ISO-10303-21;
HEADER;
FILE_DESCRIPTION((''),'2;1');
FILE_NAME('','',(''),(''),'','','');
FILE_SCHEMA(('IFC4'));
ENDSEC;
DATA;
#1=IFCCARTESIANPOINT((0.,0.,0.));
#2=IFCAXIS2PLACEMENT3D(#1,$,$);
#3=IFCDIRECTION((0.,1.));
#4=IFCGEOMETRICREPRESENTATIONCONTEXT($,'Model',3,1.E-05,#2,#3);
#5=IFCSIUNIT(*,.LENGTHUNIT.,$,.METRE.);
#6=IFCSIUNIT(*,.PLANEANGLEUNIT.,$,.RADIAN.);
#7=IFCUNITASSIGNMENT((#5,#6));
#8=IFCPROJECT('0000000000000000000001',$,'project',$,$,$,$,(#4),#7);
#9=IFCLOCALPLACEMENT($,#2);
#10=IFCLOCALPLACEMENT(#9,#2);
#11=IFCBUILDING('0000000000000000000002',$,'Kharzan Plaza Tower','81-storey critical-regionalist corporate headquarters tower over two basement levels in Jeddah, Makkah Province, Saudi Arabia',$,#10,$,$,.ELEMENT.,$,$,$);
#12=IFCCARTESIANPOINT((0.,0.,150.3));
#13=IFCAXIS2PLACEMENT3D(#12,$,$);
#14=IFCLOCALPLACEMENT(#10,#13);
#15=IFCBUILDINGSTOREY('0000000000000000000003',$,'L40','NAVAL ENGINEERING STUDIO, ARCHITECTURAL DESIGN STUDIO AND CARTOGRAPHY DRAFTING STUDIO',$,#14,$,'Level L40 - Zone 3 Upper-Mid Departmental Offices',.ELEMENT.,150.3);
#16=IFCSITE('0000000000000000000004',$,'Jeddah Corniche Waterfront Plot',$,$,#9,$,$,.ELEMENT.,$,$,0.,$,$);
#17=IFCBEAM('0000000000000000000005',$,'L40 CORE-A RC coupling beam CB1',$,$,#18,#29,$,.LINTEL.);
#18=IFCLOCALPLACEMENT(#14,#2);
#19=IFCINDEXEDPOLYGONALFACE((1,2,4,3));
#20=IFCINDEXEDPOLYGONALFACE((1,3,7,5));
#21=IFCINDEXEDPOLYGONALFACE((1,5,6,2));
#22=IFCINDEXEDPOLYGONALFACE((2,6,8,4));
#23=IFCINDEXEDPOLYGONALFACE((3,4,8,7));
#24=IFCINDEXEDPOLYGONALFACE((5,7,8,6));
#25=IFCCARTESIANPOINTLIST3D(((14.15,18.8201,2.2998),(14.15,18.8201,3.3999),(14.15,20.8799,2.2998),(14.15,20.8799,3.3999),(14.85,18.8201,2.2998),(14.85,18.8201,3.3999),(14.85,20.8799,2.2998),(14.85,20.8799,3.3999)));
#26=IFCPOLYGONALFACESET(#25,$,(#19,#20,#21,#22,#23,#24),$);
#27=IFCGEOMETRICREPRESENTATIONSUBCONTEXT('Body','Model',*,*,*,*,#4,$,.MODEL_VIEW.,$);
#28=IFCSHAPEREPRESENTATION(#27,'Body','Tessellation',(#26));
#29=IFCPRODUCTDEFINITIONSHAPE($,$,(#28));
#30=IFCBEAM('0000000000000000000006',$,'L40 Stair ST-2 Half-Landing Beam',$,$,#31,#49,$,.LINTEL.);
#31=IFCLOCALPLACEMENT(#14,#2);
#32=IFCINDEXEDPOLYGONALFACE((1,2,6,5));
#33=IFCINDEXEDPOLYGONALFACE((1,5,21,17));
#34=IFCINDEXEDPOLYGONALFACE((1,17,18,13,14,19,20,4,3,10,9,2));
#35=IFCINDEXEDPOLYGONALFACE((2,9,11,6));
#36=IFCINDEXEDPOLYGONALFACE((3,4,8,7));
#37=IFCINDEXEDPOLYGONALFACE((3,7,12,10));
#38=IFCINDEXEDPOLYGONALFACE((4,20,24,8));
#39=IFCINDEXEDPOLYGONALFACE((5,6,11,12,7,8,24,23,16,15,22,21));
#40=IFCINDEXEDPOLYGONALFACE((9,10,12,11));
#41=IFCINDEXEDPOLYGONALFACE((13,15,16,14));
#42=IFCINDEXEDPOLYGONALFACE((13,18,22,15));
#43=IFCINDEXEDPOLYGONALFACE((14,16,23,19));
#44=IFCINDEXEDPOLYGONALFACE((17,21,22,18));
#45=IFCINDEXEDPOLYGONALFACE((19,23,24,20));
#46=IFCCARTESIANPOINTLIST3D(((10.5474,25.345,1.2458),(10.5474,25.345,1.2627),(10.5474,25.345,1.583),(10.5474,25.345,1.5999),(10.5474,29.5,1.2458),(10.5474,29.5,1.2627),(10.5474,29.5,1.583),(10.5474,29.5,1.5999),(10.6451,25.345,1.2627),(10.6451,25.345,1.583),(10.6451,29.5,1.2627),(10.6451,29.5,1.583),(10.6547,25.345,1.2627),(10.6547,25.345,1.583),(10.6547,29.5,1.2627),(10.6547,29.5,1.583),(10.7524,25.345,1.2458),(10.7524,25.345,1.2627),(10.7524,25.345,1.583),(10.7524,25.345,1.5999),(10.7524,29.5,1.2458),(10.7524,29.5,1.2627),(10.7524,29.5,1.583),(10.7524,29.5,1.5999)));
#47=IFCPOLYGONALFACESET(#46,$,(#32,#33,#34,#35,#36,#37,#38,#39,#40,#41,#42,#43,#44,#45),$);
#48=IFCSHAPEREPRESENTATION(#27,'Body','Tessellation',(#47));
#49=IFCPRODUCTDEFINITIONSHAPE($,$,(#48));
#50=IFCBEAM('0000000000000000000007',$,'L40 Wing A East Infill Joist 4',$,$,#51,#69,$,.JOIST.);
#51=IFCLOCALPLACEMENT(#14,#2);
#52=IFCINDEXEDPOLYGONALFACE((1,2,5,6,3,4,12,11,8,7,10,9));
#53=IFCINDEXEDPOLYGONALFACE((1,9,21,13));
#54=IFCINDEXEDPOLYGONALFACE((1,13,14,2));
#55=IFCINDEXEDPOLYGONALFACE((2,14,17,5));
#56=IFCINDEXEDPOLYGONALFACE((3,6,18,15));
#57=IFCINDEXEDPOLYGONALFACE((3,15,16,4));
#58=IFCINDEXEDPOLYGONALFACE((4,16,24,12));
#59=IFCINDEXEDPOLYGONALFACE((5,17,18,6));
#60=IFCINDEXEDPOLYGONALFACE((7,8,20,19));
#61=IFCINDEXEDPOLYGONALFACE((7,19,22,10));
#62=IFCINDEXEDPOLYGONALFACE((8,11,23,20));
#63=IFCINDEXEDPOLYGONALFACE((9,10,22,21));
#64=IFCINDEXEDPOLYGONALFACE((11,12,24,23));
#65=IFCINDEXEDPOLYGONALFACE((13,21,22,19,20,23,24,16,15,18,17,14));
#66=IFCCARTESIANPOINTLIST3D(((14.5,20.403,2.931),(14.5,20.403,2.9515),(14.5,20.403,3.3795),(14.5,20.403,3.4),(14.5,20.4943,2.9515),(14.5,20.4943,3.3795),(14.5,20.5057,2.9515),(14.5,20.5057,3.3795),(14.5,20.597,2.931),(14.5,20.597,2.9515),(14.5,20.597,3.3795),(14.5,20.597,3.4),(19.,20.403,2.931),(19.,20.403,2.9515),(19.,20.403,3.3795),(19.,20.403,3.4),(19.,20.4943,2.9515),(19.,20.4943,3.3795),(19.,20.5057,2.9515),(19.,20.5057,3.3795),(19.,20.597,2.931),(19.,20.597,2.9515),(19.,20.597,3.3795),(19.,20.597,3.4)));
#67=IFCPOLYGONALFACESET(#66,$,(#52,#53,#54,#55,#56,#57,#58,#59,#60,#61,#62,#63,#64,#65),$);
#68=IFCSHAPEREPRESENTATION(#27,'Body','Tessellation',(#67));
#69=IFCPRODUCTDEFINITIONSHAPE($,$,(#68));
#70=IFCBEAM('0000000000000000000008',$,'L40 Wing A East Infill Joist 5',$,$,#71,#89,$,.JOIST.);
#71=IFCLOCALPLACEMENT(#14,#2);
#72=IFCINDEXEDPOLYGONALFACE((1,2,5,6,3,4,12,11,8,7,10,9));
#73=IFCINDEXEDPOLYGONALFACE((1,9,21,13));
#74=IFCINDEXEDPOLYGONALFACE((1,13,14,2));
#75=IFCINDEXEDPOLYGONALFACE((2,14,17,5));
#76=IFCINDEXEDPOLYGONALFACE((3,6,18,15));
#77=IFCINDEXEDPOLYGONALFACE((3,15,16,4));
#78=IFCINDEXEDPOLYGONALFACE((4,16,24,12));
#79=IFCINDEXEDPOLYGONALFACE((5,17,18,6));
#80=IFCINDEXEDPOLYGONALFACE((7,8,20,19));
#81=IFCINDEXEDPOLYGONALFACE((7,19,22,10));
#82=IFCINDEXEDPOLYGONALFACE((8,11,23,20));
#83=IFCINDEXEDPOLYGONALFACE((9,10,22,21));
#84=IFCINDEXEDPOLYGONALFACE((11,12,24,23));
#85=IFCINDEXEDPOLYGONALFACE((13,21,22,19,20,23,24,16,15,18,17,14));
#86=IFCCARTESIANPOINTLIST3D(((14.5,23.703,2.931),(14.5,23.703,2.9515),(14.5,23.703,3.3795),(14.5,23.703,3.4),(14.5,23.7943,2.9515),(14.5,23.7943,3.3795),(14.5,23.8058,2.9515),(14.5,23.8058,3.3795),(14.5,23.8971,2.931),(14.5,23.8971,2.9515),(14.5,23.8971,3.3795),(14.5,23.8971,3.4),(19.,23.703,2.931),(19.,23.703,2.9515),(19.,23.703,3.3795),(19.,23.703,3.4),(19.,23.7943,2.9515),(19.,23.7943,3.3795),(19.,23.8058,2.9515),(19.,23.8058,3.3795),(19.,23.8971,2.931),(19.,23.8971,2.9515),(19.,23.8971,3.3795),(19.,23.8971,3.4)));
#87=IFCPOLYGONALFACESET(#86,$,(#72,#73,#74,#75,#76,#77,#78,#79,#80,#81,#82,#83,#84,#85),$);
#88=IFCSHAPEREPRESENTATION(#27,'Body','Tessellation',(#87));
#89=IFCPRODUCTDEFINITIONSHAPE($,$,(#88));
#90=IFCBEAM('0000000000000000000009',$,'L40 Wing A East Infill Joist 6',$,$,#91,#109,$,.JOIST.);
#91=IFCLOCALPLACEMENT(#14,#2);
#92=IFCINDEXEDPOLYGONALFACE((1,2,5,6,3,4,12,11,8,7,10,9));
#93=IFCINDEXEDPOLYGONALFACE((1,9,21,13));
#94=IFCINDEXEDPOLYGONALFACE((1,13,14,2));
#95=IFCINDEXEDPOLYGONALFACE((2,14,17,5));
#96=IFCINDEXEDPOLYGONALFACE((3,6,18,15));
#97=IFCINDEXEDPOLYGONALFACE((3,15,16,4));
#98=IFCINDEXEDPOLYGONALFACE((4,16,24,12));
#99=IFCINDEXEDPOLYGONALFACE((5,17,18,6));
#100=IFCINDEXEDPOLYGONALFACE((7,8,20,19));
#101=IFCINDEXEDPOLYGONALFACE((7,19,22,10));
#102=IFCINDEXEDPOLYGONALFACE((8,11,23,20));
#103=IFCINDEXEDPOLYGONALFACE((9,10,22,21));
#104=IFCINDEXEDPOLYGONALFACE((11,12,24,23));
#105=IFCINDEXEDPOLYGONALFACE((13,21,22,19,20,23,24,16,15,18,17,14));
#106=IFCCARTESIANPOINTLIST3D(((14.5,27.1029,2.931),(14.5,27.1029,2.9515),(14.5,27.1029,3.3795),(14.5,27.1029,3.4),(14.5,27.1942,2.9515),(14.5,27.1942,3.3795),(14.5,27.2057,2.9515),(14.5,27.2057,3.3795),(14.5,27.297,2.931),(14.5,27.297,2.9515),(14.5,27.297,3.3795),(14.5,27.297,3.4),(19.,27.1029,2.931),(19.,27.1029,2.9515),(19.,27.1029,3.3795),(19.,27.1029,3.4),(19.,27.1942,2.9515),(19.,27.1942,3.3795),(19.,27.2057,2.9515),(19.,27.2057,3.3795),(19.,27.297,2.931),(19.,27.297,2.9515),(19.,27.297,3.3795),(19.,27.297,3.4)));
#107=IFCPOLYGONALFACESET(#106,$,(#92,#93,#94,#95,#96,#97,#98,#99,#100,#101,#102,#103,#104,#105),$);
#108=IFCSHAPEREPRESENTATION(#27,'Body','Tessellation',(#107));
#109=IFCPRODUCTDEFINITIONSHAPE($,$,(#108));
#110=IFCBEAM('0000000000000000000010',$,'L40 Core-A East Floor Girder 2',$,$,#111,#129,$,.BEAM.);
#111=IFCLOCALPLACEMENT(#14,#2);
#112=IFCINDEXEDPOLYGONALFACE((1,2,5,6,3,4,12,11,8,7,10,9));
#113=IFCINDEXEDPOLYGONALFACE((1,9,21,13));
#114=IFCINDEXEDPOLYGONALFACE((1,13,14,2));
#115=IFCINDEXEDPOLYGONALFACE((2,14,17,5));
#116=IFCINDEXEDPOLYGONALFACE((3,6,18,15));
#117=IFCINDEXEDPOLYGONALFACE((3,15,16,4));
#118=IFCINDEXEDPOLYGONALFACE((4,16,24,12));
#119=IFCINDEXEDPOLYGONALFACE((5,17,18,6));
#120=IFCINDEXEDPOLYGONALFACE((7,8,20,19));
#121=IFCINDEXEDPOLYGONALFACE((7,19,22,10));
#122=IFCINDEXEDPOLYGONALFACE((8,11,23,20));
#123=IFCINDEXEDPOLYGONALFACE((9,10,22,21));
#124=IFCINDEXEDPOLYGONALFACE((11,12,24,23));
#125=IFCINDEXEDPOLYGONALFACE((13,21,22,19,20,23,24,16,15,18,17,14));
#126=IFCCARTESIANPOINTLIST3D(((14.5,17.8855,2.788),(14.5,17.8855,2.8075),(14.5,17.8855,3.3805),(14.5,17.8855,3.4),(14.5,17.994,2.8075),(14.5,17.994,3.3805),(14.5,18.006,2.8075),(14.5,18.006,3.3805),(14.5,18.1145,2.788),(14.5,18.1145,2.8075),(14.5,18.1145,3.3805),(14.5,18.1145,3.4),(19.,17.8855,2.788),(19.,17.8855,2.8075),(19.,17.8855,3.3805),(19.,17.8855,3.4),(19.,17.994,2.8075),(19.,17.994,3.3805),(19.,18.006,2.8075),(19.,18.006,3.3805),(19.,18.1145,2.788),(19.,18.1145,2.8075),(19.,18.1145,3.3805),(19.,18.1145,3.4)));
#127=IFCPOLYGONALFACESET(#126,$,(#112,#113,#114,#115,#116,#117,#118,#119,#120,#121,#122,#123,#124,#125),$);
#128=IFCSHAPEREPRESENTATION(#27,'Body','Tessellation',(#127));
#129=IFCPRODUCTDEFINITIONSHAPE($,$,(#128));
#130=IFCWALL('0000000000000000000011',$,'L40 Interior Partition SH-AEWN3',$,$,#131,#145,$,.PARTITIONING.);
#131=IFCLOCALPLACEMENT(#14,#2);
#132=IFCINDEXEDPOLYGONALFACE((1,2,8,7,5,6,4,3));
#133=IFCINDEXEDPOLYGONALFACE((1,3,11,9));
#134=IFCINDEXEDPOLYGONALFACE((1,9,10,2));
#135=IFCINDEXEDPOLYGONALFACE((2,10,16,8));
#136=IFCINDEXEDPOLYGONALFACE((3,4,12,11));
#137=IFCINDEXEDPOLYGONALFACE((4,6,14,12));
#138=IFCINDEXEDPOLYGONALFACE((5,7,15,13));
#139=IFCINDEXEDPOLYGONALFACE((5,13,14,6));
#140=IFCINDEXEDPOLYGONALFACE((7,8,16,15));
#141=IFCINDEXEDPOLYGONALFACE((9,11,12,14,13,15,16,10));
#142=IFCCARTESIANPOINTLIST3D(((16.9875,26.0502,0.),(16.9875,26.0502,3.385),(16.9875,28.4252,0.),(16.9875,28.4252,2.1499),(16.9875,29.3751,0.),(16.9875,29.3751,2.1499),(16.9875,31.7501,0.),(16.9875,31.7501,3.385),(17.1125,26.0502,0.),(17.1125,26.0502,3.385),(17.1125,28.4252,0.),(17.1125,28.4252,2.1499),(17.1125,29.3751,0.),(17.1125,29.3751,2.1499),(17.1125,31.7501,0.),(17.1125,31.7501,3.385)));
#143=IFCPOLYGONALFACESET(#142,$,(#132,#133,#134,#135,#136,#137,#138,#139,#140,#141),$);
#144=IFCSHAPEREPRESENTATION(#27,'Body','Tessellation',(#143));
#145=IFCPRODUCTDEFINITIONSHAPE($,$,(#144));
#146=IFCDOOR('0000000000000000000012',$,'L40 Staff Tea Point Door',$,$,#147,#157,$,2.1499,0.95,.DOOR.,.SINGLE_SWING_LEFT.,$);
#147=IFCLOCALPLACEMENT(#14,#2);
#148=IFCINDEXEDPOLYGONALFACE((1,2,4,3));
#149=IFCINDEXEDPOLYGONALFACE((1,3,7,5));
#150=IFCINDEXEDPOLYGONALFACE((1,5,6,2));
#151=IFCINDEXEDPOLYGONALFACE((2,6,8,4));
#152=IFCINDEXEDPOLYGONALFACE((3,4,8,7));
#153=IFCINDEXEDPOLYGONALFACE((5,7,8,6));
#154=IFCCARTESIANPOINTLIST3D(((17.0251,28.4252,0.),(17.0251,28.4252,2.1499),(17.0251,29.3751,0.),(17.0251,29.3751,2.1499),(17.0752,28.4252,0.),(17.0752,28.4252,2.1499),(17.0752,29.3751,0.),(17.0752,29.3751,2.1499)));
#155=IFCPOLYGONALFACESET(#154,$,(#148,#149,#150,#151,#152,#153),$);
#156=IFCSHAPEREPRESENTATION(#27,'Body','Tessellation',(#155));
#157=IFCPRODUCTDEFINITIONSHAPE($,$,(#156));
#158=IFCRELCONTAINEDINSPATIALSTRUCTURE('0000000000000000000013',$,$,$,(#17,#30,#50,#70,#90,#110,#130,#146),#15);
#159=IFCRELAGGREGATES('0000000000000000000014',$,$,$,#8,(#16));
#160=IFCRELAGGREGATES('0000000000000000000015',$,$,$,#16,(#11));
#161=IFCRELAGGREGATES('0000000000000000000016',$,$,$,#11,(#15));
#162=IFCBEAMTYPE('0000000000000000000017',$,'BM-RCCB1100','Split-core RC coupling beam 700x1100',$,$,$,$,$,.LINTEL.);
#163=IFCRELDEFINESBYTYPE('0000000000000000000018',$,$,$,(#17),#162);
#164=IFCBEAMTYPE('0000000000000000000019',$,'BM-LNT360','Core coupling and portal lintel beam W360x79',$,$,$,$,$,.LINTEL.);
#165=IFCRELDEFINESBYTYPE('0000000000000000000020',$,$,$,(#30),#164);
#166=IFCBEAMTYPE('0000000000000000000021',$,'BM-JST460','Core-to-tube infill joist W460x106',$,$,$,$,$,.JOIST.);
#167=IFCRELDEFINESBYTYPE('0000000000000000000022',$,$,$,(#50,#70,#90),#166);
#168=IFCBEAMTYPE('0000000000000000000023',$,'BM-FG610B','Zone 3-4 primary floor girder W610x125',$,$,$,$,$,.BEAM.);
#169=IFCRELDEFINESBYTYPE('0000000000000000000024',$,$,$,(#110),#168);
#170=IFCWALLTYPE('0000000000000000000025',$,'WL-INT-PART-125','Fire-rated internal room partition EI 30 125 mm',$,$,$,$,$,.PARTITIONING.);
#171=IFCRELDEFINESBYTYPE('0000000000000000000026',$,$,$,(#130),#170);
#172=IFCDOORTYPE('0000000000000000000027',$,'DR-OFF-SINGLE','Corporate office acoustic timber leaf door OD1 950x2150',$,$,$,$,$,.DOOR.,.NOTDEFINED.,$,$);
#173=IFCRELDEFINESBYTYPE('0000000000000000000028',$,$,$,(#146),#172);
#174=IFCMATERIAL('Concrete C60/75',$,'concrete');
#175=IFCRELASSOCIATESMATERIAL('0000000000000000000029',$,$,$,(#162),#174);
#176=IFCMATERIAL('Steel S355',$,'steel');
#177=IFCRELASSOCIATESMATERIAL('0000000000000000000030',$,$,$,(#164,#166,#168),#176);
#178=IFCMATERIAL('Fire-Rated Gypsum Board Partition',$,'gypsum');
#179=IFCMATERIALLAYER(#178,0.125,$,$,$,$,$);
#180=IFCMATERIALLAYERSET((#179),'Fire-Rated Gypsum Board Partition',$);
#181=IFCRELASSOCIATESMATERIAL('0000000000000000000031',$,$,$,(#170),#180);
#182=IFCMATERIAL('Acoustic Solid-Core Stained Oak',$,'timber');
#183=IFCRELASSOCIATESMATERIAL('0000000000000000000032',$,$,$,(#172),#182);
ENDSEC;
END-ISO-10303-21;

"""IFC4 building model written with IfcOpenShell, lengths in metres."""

from ifc_helpers import new_model, si_unit, direction, frame, frame_2d, origin, origin_2d, place, context, subcontext, project, spatial, rectangle, i_section, extrude, source, transform, mapped, material, layer, layer_set, material_profile, profile_set, type_object, element, fill, save


model = new_model("IFC4")

# Units and contexts
model_context = context("Model", 3, precision=1e-05, world=origin(), true_north=direction((0.0, 1.0)))
body_context = subcontext(model_context, "Body", "Model", "MODEL_VIEW")
ifc_project = project(units=[si_unit("LENGTHUNIT", "METRE"), si_unit("PLANEANGLEUNIT", "RADIAN")], contexts=[model_context])

# Site, building, storey
site_placement = place(None, origin())
site = spatial("IfcSite", under=ifc_project, at=site_placement, Name="Jeddah Corniche Waterfront Plot", CompositionType="ELEMENT", RefElevation=0.0)
building_placement = place(site_placement, origin())
building = spatial("IfcBuilding", under=site, at=building_placement, Name="Kharzan Plaza Tower", Description="81-storey critical-regionalist corporate headquarters tower over two basement levels in Jeddah, Makkah Province, Saudi Arabia", CompositionType="ELEMENT")
storey_placement = place(building_placement, frame((0.0, 0.0, 150.3)))
storey = spatial("IfcBuildingStorey", under=building, at=storey_placement, Name="L40", Description="NAVAL ENGINEERING STUDIO, ARCHITECTURAL DESIGN STUDIO AND CARTOGRAPHY DRAFTING STUDIO", LongName="Level L40 - Zone 3 Upper-Mid Departmental Offices", CompositionType="ELEMENT", Elevation=150.3)

# Beams
ifc_material_1 = material(Name="Concrete C60/75", Category="concrete")
ifc_material_profile_1 = material_profile(ifc_material_1, rectangle(XDim=0.7, YDim=1.1001, at=origin_2d()), Name="RC-CB1100x700")
ifc_profile_set_1 = profile_set([ifc_material_profile_1], Name="Concrete C60/75")
beam_type_1 = type_object("IfcBeamType", Name="BM-RCCB1100", Description="Split-core RC coupling beam 700x1100", PredefinedType="LINTEL", material=ifc_profile_set_1)
shared_shape_1 = source(origin(), body_context, "Body", "SweptSolid", [
    extrude(rectangle(XDim=0.7, YDim=1.1001, at=origin_2d()), origin(), (0.0, 0.0, 1.0), 2.0598),
])
beam_1_placement = place(storey_placement, frame((14.5, 18.8201, 2.8499), z_axis=(0.0, 1.0, 0.0), x_axis=(-1.0, 0.0, 0.0)))
element("IfcBeam", 1, at=beam_1_placement, inside=storey, type_object=beam_type_1, Name="L40 CORE-A RC coupling beam CB1", PredefinedType="LINTEL", context=body_context, shape_type="MappedRepresentation", body=[
    mapped(shared_shape_1, transform((0.0, 0.0, 0.0), x_axis=(1.0, 0.0, 0.0), y_axis=(0.0, 1.0, 0.0), z_axis=(0.0, 0.0, 1.0))),
])
ifc_material_2 = material(Name="Steel S355", Category="steel")
ifc_material_profile_2 = material_profile(ifc_material_2, i_section(OverallWidth=0.2051, OverallDepth=0.354, WebThickness=0.0095, FlangeThickness=0.0168, at=origin_2d()), Name="W360x79")
ifc_profile_set_2 = profile_set([ifc_material_profile_2], Name="Steel S355")
beam_type_2 = type_object("IfcBeamType", Name="BM-LNT360", Description="Core coupling and portal lintel beam W360x79", PredefinedType="LINTEL", material=ifc_profile_set_2)
shared_shape_2 = source(origin(), body_context, "Body", "SweptSolid", [
    extrude(i_section(OverallWidth=0.2051, OverallDepth=0.354, WebThickness=0.0095, FlangeThickness=0.0168, at=origin_2d()), origin(), (0.0, 0.0, 1.0), 4.155),
])
beam_2_placement = place(storey_placement, frame((10.6499, 25.345, 1.4229), z_axis=(0.0, 1.0, 0.0), x_axis=(-1.0, 0.0, 0.0)))
element("IfcBeam", 2, at=beam_2_placement, inside=storey, type_object=beam_type_2, Name="L40 Stair ST-2 Half-Landing Beam", PredefinedType="LINTEL", context=body_context, shape_type="MappedRepresentation", body=[
    mapped(shared_shape_2, transform((0.0, 0.0, 0.0), x_axis=(1.0, 0.0, 0.0), y_axis=(0.0, 1.0, 0.0), z_axis=(0.0, 0.0, 1.0))),
])
ifc_material_profile_3 = material_profile(ifc_material_2, i_section(OverallWidth=0.1941, OverallDepth=0.469, WebThickness=0.0115, FlangeThickness=0.0205, at=origin_2d()), Name="W460x106")
ifc_profile_set_3 = profile_set([ifc_material_profile_3], Name="Steel S355")
beam_type_3 = type_object("IfcBeamType", Name="BM-JST460", Description="Core-to-tube infill joist W460x106", PredefinedType="JOIST", material=ifc_profile_set_3)
shared_shape_3 = source(origin(), body_context, "Body", "SweptSolid", [
    extrude(i_section(OverallWidth=0.1941, OverallDepth=0.469, WebThickness=0.0115, FlangeThickness=0.0205, at=origin_2d()), origin(), (0.0, 0.0, 1.0), 4.5),
])
for number, where, z_axis, x_axis, name in (
    (3, (14.5, 20.5, 3.1655), (1.0, 0.0, 0.0), (0.0, 1.0, 0.0), "L40 Wing A East Infill Joist 4"),
    (4, (14.5, 23.8, 3.1655), (1.0, 0.0, 0.0), (0.0, 1.0, 0.0), "L40 Wing A East Infill Joist 5"),
    (5, (14.5, 27.2, 3.1655), (1.0, 0.0, 0.0), (0.0, 1.0, 0.0), "L40 Wing A East Infill Joist 6"),
):
    element("IfcBeam", number, at=place(storey_placement, frame(where, z_axis=z_axis, x_axis=x_axis)), inside=storey, type_object=beam_type_3, Name=name, PredefinedType="JOIST", context=body_context, shape_type="MappedRepresentation", body=[
        mapped(shared_shape_3, transform((0.0, 0.0, 0.0), x_axis=(1.0, 0.0, 0.0), y_axis=(0.0, 1.0, 0.0), z_axis=(0.0, 0.0, 1.0))),
    ])
ifc_material_profile_4 = material_profile(ifc_material_2, i_section(OverallWidth=0.229, OverallDepth=0.6121, WebThickness=0.012, FlangeThickness=0.0195, at=origin_2d()), Name="W610x125")
ifc_profile_set_4 = profile_set([ifc_material_profile_4], Name="Steel S355")
beam_type_4 = type_object("IfcBeamType", Name="BM-FG610B", Description="Zone 3-4 primary floor girder W610x125", PredefinedType="BEAM", material=ifc_profile_set_4)
shared_shape_4 = source(origin(), body_context, "Body", "SweptSolid", [
    extrude(i_section(OverallWidth=0.229, OverallDepth=0.6121, WebThickness=0.012, FlangeThickness=0.0195, at=origin_2d()), origin(), (0.0, 0.0, 1.0), 4.5),
])
beam_3_placement = place(storey_placement, frame((14.5, 18.0, 3.094), z_axis=(1.0, 0.0, 0.0), x_axis=(0.0, 1.0, 0.0)))
element("IfcBeam", 6, at=beam_3_placement, inside=storey, type_object=beam_type_4, Name="L40 Core-A East Floor Girder 2", PredefinedType="BEAM", context=body_context, shape_type="MappedRepresentation", body=[
    mapped(shared_shape_4, transform((0.0, 0.0, 0.0), x_axis=(1.0, 0.0, 0.0), y_axis=(0.0, 1.0, 0.0), z_axis=(0.0, 0.0, 1.0))),
])

# Wall, opening, door
ifc_material_3 = material(Name="Fire-Rated Gypsum Board Partition", Category="gypsum")
ifc_layer_1 = layer(ifc_material_3, 0.125)
ifc_layer_set_1 = layer_set([ifc_layer_1], Name="Fire-Rated Gypsum Board Partition")
wall_type_1 = type_object("IfcWallType", Name="WL-INT-PART-125", Description="Fire-rated internal room partition EI 30 125 mm", PredefinedType="PARTITIONING", material=ifc_layer_set_1)
wall_1_placement = place(storey_placement, frame((17.05, 26.05, 0.0), z_axis=(0.0, 0.0, 1.0), x_axis=(0.0, 1.0, 0.0)))
wall_1 = element("IfcWall", 7, at=wall_1_placement, inside=storey, type_object=wall_type_1, Name="L40 Interior Partition SH-AEWN3", PredefinedType="PARTITIONING", context=body_context, shape_type="SweptSolid", body=[
    extrude(rectangle(XDim=5.7, YDim=0.125, at=frame_2d((2.8501, 0.0))), origin(), (0.0, 0.0, 1.0), 3.385),
])
opening_1_placement = place(wall_1_placement, frame((2.375, 0.0, 0.0)))
opening_1 = element("IfcOpeningElement", 8, at=opening_1_placement, cuts=wall_1, PredefinedType="OPENING", context=body_context, shape_type="SweptSolid", body=[
    extrude(rectangle(XDim=0.95, YDim=2.1499, at=frame_2d((0.4751, 1.075))), frame((0.0, 0.0725, 0.0), z_axis=(0.0, -1.0, 0.0), x_axis=(1.0, 0.0, 0.0)), (0.0, 0.0, 1.0), 0.145),
])
ifc_material_4 = material(Name="Acoustic Solid-Core Stained Oak", Category="timber")
door_type_1 = type_object("IfcDoorType", Name="DR-OFF-SINGLE", Description="Corporate office acoustic timber leaf door OD1 950x2150", OperationType="NOTDEFINED", PredefinedType="DOOR", material=ifc_material_4)
shared_shape_5 = source(origin(), body_context, "Body", "SweptSolid", [
    extrude(rectangle(XDim=0.95, YDim=2.1499, at=frame_2d((0.4751, 1.075))), frame((0.0, 0.0249, 0.0), z_axis=(0.0, -1.0, 0.0), x_axis=(1.0, 0.0, 0.0)), (0.0, 0.0, 1.0), 0.05),
])
door_1_placement = place(opening_1_placement, origin())
door_1 = element("IfcDoor", 9, at=door_1_placement, inside=storey, type_object=door_type_1, Name="L40 Staff Tea Point Door", OperationType="SINGLE_SWING_LEFT", OverallHeight=2.1499, OverallWidth=0.95, PredefinedType="DOOR", context=body_context, shape_type="MappedRepresentation", body=[
    mapped(shared_shape_5, transform((0.0, 0.0, 0.0), x_axis=(1.0, 0.0, 0.0), y_axis=(0.0, 1.0, 0.0), z_axis=(0.0, 0.0, 1.0))),
])
fill(opening_1, door_1)

save(model, "model.ifc")
